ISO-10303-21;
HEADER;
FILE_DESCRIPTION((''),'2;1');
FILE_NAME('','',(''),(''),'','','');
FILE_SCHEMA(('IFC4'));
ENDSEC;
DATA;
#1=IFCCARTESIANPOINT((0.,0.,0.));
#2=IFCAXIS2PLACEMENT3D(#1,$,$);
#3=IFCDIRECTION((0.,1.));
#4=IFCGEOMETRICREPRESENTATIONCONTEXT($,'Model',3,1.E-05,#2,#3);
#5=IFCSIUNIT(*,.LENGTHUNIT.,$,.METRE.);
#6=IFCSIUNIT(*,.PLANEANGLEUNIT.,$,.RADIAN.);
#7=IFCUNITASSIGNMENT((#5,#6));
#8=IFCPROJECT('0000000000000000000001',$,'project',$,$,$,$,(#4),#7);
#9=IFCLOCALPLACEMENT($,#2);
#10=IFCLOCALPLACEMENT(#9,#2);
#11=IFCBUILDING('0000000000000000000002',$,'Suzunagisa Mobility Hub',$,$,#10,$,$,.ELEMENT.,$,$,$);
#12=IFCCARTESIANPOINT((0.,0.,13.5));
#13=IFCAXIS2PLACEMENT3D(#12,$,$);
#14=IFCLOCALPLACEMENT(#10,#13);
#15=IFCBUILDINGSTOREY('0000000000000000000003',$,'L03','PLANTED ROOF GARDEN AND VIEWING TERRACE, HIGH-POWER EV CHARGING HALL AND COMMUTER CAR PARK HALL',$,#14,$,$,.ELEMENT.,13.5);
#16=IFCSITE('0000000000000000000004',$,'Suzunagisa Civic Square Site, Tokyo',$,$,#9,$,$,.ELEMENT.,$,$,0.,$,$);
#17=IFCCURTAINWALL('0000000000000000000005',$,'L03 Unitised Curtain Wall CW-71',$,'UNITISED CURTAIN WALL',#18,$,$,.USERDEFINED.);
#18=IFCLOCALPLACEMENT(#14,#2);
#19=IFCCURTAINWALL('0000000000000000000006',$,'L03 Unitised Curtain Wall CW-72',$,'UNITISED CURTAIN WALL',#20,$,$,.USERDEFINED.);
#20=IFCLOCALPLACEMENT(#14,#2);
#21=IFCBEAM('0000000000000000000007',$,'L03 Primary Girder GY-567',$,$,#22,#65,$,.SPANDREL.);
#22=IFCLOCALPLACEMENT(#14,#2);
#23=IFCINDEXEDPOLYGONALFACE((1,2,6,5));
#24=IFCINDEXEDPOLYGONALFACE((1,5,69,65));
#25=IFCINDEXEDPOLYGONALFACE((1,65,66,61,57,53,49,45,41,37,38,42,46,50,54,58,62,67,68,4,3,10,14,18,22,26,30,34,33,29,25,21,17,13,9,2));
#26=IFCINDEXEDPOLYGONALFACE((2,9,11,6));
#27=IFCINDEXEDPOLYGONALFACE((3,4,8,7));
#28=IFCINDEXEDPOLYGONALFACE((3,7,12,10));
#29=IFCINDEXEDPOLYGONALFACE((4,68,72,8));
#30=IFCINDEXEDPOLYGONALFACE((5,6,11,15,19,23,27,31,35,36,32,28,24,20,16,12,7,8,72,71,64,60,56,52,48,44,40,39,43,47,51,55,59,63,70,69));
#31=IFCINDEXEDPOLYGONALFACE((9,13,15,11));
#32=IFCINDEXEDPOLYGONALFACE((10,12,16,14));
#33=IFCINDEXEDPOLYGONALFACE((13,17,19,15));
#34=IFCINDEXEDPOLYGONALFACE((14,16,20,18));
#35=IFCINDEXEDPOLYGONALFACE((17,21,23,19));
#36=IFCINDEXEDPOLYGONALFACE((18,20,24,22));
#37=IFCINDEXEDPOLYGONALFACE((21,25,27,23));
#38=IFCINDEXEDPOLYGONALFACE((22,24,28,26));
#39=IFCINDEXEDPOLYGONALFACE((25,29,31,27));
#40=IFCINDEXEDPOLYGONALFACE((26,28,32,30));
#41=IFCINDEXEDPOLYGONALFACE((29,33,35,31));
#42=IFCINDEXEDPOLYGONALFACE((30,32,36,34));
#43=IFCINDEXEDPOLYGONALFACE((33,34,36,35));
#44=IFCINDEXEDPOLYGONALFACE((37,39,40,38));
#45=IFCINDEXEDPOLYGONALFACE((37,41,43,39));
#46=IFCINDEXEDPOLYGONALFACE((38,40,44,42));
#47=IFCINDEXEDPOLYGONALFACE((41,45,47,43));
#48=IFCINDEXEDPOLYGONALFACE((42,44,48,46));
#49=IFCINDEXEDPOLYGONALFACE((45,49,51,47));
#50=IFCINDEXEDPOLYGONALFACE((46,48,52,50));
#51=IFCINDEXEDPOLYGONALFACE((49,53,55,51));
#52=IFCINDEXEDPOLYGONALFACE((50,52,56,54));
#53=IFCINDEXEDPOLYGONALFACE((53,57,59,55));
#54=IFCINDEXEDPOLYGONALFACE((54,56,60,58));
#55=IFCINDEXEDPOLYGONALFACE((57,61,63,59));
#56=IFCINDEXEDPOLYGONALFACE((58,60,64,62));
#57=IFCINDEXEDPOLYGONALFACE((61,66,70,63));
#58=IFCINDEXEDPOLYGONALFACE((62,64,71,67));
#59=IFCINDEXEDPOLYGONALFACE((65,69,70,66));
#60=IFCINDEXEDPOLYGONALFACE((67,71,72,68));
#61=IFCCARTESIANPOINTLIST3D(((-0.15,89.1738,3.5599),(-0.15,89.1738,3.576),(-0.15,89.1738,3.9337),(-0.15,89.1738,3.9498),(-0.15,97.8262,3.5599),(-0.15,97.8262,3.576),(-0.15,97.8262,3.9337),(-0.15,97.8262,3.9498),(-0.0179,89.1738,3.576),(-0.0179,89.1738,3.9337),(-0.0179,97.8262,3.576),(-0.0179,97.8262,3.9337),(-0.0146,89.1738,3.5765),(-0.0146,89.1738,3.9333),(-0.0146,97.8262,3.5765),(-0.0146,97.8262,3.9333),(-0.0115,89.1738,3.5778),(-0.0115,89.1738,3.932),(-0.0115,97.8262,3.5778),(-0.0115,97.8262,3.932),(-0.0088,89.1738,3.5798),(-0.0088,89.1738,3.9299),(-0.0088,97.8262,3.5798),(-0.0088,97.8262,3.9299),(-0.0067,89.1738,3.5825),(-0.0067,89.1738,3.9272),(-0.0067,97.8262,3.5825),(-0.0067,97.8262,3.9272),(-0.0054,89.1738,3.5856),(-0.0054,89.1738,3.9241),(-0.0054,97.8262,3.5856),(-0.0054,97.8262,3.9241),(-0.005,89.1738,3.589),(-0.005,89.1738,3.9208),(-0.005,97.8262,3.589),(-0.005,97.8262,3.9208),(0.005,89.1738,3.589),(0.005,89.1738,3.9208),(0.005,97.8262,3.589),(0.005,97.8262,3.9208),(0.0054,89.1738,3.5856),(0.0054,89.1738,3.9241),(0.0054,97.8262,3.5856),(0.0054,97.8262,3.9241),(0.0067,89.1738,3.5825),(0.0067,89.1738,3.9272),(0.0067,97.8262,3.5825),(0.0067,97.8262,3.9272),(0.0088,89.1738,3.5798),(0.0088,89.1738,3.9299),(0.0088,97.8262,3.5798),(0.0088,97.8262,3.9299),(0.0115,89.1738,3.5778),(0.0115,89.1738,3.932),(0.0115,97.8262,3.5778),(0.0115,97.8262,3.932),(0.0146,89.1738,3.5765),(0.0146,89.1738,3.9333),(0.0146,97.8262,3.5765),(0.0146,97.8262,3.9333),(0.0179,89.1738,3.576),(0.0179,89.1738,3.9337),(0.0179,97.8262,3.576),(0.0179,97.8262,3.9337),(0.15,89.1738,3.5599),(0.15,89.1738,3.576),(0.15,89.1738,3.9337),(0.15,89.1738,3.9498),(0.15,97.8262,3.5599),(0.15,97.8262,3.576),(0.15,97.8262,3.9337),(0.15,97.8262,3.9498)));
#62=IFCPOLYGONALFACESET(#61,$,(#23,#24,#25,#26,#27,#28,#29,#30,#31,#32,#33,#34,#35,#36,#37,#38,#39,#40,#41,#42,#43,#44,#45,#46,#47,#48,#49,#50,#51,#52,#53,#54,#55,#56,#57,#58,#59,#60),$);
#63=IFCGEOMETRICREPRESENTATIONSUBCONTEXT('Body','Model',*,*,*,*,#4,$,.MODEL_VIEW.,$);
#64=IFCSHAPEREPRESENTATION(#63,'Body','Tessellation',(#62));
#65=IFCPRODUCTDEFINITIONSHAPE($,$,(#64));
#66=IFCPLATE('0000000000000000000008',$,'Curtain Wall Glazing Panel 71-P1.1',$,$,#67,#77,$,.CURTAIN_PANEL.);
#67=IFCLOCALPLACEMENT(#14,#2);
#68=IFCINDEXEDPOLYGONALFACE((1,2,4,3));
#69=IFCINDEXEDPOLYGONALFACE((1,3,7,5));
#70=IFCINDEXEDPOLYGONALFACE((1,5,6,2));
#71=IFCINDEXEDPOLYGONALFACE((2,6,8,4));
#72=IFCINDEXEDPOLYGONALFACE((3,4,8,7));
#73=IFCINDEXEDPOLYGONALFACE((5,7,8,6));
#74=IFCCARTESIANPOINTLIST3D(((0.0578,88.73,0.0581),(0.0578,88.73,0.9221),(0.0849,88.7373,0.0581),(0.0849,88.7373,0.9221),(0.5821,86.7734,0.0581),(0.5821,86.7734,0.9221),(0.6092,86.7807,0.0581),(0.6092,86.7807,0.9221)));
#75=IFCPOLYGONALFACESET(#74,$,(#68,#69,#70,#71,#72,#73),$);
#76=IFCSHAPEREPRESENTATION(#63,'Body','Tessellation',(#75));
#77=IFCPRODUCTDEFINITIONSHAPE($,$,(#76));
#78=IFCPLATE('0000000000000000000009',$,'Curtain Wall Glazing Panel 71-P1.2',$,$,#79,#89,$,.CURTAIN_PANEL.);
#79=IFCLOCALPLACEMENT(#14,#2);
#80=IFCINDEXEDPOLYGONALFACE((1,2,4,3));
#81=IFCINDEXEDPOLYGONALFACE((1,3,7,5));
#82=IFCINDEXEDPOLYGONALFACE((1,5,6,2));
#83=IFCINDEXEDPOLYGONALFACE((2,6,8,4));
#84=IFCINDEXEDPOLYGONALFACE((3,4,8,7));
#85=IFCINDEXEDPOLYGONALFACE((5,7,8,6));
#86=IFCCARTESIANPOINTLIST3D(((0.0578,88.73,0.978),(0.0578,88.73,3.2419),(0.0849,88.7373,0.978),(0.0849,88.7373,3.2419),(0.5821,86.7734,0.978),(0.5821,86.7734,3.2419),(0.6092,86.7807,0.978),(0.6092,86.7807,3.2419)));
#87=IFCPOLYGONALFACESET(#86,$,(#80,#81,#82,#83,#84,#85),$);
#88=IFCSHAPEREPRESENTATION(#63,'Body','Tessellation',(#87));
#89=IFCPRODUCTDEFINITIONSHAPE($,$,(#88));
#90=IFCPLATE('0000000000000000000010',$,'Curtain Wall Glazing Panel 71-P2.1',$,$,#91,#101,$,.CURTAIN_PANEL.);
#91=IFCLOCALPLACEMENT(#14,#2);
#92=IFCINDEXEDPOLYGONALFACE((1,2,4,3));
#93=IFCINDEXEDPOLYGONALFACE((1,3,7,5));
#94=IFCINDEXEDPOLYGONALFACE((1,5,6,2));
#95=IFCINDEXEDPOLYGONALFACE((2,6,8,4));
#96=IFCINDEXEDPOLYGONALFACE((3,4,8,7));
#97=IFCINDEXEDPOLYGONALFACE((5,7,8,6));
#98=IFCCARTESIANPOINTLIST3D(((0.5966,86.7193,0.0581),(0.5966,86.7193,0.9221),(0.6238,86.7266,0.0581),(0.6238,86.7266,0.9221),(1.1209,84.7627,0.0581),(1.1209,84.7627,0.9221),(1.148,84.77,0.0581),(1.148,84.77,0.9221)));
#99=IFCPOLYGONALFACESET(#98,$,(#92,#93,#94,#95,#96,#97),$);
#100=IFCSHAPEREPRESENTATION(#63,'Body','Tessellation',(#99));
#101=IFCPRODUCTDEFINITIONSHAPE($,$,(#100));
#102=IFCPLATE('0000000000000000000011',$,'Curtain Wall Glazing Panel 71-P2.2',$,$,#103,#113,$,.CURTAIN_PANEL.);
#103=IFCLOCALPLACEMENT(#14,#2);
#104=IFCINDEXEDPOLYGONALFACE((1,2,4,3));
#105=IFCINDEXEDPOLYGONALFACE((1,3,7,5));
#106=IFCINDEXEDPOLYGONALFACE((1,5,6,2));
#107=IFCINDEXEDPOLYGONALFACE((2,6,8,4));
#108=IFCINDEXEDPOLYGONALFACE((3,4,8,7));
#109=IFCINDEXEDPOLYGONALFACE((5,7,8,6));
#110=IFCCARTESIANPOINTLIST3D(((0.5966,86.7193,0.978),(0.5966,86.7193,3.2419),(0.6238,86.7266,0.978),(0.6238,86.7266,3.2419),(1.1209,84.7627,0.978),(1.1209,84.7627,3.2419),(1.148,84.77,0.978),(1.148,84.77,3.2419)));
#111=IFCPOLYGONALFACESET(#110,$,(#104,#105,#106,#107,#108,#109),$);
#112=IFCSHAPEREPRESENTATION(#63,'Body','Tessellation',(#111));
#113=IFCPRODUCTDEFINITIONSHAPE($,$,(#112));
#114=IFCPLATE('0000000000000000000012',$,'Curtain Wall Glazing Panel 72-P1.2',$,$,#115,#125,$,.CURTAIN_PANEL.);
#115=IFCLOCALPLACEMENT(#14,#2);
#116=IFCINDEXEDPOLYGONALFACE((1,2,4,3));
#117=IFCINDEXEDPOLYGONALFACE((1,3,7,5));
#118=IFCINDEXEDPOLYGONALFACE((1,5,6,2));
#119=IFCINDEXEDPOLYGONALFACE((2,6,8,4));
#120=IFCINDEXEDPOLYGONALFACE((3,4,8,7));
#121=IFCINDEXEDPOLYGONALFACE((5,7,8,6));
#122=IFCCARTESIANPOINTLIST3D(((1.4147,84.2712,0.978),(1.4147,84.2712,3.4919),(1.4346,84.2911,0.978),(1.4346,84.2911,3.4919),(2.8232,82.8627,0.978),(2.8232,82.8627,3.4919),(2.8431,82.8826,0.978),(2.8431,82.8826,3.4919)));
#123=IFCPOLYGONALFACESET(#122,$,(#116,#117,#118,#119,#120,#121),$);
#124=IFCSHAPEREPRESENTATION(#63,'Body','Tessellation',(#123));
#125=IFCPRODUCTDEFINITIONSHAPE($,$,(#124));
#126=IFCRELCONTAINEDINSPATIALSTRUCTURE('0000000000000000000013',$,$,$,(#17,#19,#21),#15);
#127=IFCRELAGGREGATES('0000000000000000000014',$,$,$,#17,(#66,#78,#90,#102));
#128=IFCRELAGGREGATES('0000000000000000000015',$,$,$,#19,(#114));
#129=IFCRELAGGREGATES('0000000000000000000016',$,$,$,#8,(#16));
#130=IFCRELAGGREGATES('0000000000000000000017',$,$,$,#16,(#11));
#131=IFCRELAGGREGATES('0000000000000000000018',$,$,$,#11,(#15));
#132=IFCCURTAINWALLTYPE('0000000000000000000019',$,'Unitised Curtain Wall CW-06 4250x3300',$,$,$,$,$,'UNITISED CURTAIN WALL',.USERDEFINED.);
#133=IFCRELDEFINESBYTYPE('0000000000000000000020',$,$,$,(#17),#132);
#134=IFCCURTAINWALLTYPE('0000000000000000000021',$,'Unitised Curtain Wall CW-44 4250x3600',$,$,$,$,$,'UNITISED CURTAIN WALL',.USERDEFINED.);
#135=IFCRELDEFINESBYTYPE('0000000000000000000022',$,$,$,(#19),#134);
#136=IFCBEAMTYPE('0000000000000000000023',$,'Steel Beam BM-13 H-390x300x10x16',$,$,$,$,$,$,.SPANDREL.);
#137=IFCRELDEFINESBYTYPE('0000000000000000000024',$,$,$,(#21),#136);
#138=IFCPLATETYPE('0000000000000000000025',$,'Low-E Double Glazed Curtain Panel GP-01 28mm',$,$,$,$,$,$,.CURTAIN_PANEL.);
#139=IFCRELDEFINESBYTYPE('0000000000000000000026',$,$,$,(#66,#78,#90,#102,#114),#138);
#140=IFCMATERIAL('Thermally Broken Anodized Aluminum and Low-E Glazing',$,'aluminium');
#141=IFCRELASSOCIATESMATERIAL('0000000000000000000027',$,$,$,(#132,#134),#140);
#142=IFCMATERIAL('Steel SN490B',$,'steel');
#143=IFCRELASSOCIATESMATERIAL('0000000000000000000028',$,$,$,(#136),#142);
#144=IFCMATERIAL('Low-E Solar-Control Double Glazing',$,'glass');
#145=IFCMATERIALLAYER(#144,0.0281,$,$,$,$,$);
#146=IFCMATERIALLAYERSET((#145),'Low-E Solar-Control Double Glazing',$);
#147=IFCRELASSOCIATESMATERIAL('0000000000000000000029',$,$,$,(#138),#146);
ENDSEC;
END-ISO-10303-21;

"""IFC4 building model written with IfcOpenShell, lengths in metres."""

from ifc_helpers import new_model, si_unit, direction, frame, origin, origin_2d, place, context, subcontext, project, spatial, rectangle, i_section, extrude, material, layer, layer_set, material_profile, profile_set, type_object, element, aggregate, save


model = new_model("IFC4")

# Units and contexts
model_context = context("Model", 3, precision=1e-05, world=origin(), true_north=direction((0.0, 1.0)))
body_context = subcontext(model_context, "Body", "Model", "MODEL_VIEW")
ifc_project = project(units=[si_unit("LENGTHUNIT", "METRE"), si_unit("PLANEANGLEUNIT", "RADIAN")], contexts=[model_context])

# Site, building, storey
site_placement = place(None, origin())
site = spatial("IfcSite", under=ifc_project, at=site_placement, Name="Suzunagisa Civic Square Site, Tokyo", CompositionType="ELEMENT", RefElevation=0.0)
building_placement = place(site_placement, origin())
building = spatial("IfcBuilding", under=site, at=building_placement, Name="Suzunagisa Mobility Hub", CompositionType="ELEMENT")
storey_placement = place(building_placement, frame((0.0, 0.0, 13.5)))
storey = spatial("IfcBuildingStorey", under=building, at=storey_placement, Name="L03", Description="PLANTED ROOF GARDEN AND VIEWING TERRACE, HIGH-POWER EV CHARGING HALL AND COMMUTER CAR PARK HALL", CompositionType="ELEMENT", Elevation=13.5)

# Shared definitions
ifc_material_1 = material(Name="Steel SN490B", Category="steel")

# Curtain walls
ifc_material_2 = material(Name="Thermally Broken Anodized Aluminum and Low-E Glazing", Category="aluminium")
curtain_wall_type_1 = type_object("IfcCurtainWallType", Name="Unitised Curtain Wall CW-06 4250x3300", ElementType="UNITISED CURTAIN WALL", PredefinedType="USERDEFINED", material=ifc_material_2)
curtain_wall_1_placement = place(storey_placement, origin())
curtain_wall_1 = element("IfcCurtainWall", 1, at=curtain_wall_1_placement, inside=storey, type_object=curtain_wall_type_1, Name="L03 Unitised Curtain Wall CW-71", ObjectType="UNITISED CURTAIN WALL", PredefinedType="USERDEFINED")
curtain_wall_type_2 = type_object("IfcCurtainWallType", Name="Unitised Curtain Wall CW-44 4250x3600", ElementType="UNITISED CURTAIN WALL", PredefinedType="USERDEFINED", material=ifc_material_2)
curtain_wall_2_placement = place(storey_placement, origin())
curtain_wall_2 = element("IfcCurtainWall", 2, at=curtain_wall_2_placement, inside=storey, type_object=curtain_wall_type_2, Name="L03 Unitised Curtain Wall CW-72", ObjectType="UNITISED CURTAIN WALL", PredefinedType="USERDEFINED")

# Beam
ifc_material_profile_1 = material_profile(ifc_material_1, i_section(OverallWidth=0.3, OverallDepth=0.3899, WebThickness=0.01, FlangeThickness=0.0161, FilletRadius=0.0129, at=origin_2d()), Name="H-390x300x10x16")
ifc_profile_set_1 = profile_set([ifc_material_profile_1], Name="Steel SN490B")
beam_type_1 = type_object("IfcBeamType", Name="Steel Beam BM-13 H-390x300x10x16", PredefinedType="SPANDREL", material=ifc_profile_set_1)
beam_1_placement = place(storey_placement, frame((0.0, 89.1738, 3.7549), z_axis=(0.0, 1.0, 0.0), x_axis=(-1.0, 0.0, 0.0)))
element("IfcBeam", 3, at=beam_1_placement, inside=storey, type_object=beam_type_1, Name="L03 Primary Girder GY-567", PredefinedType="SPANDREL", context=body_context, shape_type="SweptSolid", body=[
    extrude(i_section(OverallWidth=0.3, OverallDepth=0.3899, WebThickness=0.01, FlangeThickness=0.0161, FilletRadius=0.0129, at=origin_2d()), origin(), (0.0, 0.0, 1.0), 8.6523),
])

# Plates
ifc_material_3 = material(Name="Low-E Solar-Control Double Glazing", Category="glass")
ifc_layer = layer(ifc_material_3, 0.0281)
ifc_layer_set = layer_set([ifc_layer], Name="Low-E Solar-Control Double Glazing")
plate_type = type_object("IfcPlateType", Name="Low-E Double Glazed Curtain Panel GP-01 28mm", PredefinedType="CURTAIN_PANEL", material=ifc_layer_set)
plate_1_placement = place(storey_placement, frame((0.3335, 87.7554, 0.0581), z_axis=(0.0, 0.0, 1.0), x_axis=(0.258803, -0.96593, 0.0)))
plate_1 = element("IfcPlate", 4, at=plate_1_placement, type_object=plate_type, Name="Curtain Wall Glazing Panel 71-P1.1", PredefinedType="CURTAIN_PANEL", context=body_context, shape_type="SweptSolid", body=[
    extrude(rectangle(XDim=2.0256, YDim=0.0281, at=origin_2d()), origin(), (0.0, 0.0, 1.0), 0.864),
])
plate_2_placement = place(storey_placement, frame((0.3335, 87.7554, 0.978), z_axis=(0.0, 0.0, 1.0), x_axis=(0.258803, -0.96593, 0.0)))
plate_2 = element("IfcPlate", 5, at=plate_2_placement, type_object=plate_type, Name="Curtain Wall Glazing Panel 71-P1.2", PredefinedType="CURTAIN_PANEL", context=body_context, shape_type="SweptSolid", body=[
    extrude(rectangle(XDim=2.0256, YDim=0.0281, at=origin_2d()), origin(), (0.0, 0.0, 1.0), 2.2639),
])
plate_3_placement = place(storey_placement, frame((0.8723, 85.7446, 0.0581), z_axis=(0.0, 0.0, 1.0), x_axis=(0.258803, -0.96593, 0.0)))
plate_3 = element("IfcPlate", 6, at=plate_3_placement, type_object=plate_type, Name="Curtain Wall Glazing Panel 71-P2.1", PredefinedType="CURTAIN_PANEL", context=body_context, shape_type="SweptSolid", body=[
    extrude(rectangle(XDim=2.0256, YDim=0.0281, at=origin_2d()), origin(), (0.0, 0.0, 1.0), 0.864),
])
plate_4_placement = place(storey_placement, frame((0.8723, 85.7446, 0.978), z_axis=(0.0, 0.0, 1.0), x_axis=(0.258803, -0.96593, 0.0)))
plate_4 = element("IfcPlate", 7, at=plate_4_placement, type_object=plate_type, Name="Curtain Wall Glazing Panel 71-P2.2", PredefinedType="CURTAIN_PANEL", context=body_context, shape_type="SweptSolid", body=[
    extrude(rectangle(XDim=2.0256, YDim=0.0281, at=origin_2d()), origin(), (0.0, 0.0, 1.0), 2.2639),
])
aggregate(curtain_wall_1, [plate_1, plate_2, plate_3, plate_4])
plate_5_placement = place(storey_placement, frame((2.1289, 83.5769, 0.978), z_axis=(0.0, 0.0, 1.0), x_axis=(0.707107, -0.707107, 0.0)))
plate_5 = element("IfcPlate", 8, at=plate_5_placement, type_object=plate_type, Name="Curtain Wall Glazing Panel 72-P1.2", PredefinedType="CURTAIN_PANEL", context=body_context, shape_type="SweptSolid", body=[
    extrude(rectangle(XDim=1.9919, YDim=0.0281, at=origin_2d()), origin(), (0.0, 0.0, 1.0), 2.5139),
])
aggregate(curtain_wall_2, [plate_5])

save(model, "model.ifc")
